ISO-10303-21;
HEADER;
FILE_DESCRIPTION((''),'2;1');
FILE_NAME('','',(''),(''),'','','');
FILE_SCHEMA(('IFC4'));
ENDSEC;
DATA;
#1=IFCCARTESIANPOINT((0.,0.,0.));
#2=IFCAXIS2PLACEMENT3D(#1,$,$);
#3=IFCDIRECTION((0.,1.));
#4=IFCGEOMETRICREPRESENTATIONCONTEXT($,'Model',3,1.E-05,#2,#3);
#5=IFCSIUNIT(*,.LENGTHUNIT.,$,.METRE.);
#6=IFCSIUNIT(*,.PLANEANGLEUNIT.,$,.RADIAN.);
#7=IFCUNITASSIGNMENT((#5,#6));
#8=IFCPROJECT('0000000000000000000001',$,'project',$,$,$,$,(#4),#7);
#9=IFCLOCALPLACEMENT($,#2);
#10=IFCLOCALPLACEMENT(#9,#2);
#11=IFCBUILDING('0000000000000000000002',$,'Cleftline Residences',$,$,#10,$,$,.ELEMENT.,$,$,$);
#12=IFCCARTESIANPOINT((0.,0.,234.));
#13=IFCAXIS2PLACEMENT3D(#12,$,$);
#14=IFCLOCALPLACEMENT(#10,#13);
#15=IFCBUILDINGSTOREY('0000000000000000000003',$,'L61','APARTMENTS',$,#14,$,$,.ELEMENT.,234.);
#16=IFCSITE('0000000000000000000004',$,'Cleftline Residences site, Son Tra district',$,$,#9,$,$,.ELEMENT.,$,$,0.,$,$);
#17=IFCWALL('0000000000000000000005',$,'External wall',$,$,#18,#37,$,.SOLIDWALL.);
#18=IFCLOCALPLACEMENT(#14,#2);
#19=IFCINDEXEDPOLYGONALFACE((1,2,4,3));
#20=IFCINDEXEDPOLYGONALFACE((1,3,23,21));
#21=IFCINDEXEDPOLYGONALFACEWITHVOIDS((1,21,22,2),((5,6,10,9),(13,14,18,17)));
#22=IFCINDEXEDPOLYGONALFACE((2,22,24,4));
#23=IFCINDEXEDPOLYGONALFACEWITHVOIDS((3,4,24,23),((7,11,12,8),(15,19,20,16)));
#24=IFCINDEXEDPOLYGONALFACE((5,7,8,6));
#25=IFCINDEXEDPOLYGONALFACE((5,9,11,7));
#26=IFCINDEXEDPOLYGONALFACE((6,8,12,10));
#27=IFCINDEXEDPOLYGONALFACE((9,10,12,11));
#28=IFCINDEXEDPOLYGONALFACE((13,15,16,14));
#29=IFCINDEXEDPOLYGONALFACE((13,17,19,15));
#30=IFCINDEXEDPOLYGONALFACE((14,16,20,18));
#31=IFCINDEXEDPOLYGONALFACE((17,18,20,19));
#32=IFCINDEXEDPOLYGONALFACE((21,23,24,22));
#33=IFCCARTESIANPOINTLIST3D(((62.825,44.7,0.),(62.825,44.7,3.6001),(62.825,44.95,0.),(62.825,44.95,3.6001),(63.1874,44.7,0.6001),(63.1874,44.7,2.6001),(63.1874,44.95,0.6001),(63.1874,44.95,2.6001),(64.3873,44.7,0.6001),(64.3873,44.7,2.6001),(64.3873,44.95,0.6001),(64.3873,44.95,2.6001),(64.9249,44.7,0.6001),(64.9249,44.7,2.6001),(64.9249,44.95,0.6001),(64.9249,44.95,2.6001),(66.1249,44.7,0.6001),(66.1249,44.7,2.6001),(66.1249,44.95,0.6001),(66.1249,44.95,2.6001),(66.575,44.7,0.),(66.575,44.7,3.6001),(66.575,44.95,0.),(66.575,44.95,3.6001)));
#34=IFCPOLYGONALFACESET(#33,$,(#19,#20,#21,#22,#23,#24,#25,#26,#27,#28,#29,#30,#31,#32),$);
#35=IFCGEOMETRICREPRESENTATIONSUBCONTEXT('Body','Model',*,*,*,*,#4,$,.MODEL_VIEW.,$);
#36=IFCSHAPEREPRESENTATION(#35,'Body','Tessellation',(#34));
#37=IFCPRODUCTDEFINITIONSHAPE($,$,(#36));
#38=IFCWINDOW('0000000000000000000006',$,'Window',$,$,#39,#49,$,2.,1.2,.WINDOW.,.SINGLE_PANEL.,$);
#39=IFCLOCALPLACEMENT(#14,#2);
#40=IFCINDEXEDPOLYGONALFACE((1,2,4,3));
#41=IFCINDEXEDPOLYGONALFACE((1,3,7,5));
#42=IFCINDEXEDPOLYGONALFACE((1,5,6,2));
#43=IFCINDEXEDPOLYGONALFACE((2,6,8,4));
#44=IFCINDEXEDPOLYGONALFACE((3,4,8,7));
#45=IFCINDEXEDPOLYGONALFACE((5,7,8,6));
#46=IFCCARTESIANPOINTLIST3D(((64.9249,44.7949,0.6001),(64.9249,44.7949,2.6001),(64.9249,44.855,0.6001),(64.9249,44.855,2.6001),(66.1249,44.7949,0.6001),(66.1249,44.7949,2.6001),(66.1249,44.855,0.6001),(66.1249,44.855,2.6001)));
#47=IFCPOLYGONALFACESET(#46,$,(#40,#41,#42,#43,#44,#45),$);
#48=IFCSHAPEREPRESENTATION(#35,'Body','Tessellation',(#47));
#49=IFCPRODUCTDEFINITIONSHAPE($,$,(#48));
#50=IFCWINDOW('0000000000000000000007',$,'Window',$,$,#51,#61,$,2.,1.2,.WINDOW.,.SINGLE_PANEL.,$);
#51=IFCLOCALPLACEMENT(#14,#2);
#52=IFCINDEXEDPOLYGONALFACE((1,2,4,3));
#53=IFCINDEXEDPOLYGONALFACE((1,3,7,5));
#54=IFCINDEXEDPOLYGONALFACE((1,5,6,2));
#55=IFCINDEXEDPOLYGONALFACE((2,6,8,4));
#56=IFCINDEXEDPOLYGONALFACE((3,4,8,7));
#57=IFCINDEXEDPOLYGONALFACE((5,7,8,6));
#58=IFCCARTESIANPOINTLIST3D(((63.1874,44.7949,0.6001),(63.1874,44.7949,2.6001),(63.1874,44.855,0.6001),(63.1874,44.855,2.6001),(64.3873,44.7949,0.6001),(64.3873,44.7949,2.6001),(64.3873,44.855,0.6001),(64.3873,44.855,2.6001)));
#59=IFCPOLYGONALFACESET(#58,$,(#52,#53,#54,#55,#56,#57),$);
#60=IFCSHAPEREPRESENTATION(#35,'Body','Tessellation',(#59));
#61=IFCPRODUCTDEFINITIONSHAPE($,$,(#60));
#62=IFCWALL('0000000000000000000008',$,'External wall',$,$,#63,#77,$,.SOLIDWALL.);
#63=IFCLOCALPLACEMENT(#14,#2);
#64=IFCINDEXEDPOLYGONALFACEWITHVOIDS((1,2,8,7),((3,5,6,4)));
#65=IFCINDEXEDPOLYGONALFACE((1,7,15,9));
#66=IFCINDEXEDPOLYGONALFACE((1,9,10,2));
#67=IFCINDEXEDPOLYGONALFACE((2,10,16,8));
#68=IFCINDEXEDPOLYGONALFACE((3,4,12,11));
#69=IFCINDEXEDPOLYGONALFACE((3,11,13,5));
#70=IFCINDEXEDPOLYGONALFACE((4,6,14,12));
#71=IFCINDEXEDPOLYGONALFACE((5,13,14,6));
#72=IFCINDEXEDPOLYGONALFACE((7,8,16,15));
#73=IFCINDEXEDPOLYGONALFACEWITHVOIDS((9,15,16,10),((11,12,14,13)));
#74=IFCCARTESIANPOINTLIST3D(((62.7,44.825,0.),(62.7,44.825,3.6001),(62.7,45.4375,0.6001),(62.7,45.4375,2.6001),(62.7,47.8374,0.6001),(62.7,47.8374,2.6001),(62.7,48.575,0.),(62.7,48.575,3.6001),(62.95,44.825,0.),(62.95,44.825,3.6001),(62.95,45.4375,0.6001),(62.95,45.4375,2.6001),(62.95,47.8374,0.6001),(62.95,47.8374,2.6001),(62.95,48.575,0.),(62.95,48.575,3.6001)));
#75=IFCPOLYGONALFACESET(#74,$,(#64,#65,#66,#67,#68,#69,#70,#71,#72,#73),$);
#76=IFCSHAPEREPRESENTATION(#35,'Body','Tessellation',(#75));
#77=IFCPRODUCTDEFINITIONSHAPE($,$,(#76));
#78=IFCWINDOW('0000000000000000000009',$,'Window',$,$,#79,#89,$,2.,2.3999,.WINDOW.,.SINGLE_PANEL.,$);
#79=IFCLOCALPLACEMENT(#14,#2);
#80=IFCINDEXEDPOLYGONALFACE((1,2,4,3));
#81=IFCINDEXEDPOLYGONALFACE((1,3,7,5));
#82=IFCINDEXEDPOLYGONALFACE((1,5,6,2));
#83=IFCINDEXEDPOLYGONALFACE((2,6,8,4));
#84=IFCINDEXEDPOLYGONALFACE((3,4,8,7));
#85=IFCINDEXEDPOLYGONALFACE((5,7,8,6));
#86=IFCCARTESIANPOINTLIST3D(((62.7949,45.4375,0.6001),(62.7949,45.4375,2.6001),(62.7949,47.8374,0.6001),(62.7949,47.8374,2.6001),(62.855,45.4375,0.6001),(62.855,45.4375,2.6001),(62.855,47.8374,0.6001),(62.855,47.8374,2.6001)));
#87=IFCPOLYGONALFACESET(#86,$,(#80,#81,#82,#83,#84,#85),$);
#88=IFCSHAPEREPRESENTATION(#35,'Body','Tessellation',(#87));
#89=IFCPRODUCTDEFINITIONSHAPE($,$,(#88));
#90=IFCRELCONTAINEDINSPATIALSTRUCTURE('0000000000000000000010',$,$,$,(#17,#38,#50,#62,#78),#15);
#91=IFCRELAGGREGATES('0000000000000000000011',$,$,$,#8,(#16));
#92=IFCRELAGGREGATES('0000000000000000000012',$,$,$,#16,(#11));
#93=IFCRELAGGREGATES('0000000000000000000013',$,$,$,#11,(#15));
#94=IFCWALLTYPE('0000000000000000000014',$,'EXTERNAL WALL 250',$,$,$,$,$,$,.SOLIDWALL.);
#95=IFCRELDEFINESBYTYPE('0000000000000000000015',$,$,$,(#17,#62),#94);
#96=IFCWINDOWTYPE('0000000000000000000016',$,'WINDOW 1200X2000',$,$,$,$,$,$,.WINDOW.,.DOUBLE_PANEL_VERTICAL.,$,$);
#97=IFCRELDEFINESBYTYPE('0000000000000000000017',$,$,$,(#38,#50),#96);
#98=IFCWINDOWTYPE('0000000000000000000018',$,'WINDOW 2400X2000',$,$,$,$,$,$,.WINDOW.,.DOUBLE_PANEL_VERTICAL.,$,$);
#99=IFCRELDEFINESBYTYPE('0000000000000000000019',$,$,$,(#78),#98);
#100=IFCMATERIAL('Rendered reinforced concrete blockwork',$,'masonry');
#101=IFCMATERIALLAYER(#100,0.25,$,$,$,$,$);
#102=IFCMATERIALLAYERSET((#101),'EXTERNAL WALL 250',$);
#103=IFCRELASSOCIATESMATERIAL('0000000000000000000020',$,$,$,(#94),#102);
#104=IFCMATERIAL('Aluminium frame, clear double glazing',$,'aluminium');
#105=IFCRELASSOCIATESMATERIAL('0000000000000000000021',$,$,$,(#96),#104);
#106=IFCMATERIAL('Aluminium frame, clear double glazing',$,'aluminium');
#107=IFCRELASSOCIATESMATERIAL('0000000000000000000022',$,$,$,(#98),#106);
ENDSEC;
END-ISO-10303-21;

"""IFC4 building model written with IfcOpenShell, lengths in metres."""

from ifc_helpers import new_model, si_unit, direction, frame, frame_2d, origin, place, context, subcontext, project, spatial, rectangle, extrude, material, layer, layer_set, type_object, element, fill, save


model = new_model("IFC4")

# Units and contexts
model_context = context("Model", 3, precision=1e-05, world=origin(), true_north=direction((0.0, 1.0)))
body_context = subcontext(model_context, "Body", "Model", "MODEL_VIEW")
ifc_project = project(units=[si_unit("LENGTHUNIT", "METRE"), si_unit("PLANEANGLEUNIT", "RADIAN")], contexts=[model_context])

# Site, building, storey
site_placement = place(None, origin())
site = spatial("IfcSite", under=ifc_project, at=site_placement, Name="Cleftline Residences site, Son Tra district", CompositionType="ELEMENT", RefElevation=0.0)
building_placement = place(site_placement, origin())
building = spatial("IfcBuilding", under=site, at=building_placement, Name="Cleftline Residences", CompositionType="ELEMENT")
storey_placement = place(building_placement, frame((0.0, 0.0, 234.0)))
storey = spatial("IfcBuildingStorey", under=building, at=storey_placement, Name="L61", Description="APARTMENTS", CompositionType="ELEMENT", Elevation=234.0)

# Wall, openings, windows
ifc_material_1 = material(Name="Rendered reinforced concrete blockwork", Category="masonry")
ifc_layer_1 = layer(ifc_material_1, 0.25)
ifc_layer_set_1 = layer_set([ifc_layer_1], Name="EXTERNAL WALL 250")
wall_type_1 = type_object("IfcWallType", Name="EXTERNAL WALL 250", PredefinedType="SOLIDWALL", material=ifc_layer_set_1)
wall_1_placement = place(storey_placement, frame((66.575, 44.825, 0.0), z_axis=(0.0, 0.0, 1.0), x_axis=(-1.0, 0.0, 0.0)))
wall_1 = element("IfcWall", 1, at=wall_1_placement, inside=storey, type_object=wall_type_1, Name="External wall", PredefinedType="SOLIDWALL", context=body_context, shape_type="SweptSolid", body=[
    extrude(rectangle(XDim=3.75, YDim=0.25, at=frame_2d((1.875, 0.0))), origin(), (0.0, 0.0, 1.0), 3.6001),
])
opening_1_placement = place(wall_1_placement, frame((0.45, 0.0, 0.6001)))
opening_1 = element("IfcOpeningElement", 2, at=opening_1_placement, cuts=wall_1, PredefinedType="OPENING", context=body_context, shape_type="SweptSolid", body=[
    extrude(rectangle(XDim=1.2, YDim=2.0, at=frame_2d((0.6001, 1.0))), frame((0.0, 0.135, 0.0), z_axis=(0.0, -1.0, 0.0), x_axis=(1.0, 0.0, 0.0)), (0.0, 0.0, 1.0), 0.27),
])
opening_2_placement = place(wall_1_placement, frame((2.1875, 0.0, 0.6001)))
opening_2 = element("IfcOpeningElement", 3, at=opening_2_placement, cuts=wall_1, PredefinedType="OPENING", context=body_context, shape_type="SweptSolid", body=[
    extrude(rectangle(XDim=1.2, YDim=2.0, at=frame_2d((0.6001, 1.0))), frame((0.0, 0.135, 0.0), z_axis=(0.0, -1.0, 0.0), x_axis=(1.0, 0.0, 0.0)), (0.0, 0.0, 1.0), 0.27),
])
ifc_material_2 = material(Name="Aluminium frame, clear double glazing", Category="aluminium")
window_type_1 = type_object("IfcWindowType", Name="WINDOW 1200X2000", PartitioningType="DOUBLE_PANEL_VERTICAL", PredefinedType="WINDOW", material=ifc_material_2)
window_1_placement = place(opening_1_placement, origin())
window_1 = element("IfcWindow", 4, at=window_1_placement, inside=storey, type_object=window_type_1, Name="Window", OverallHeight=2.0, OverallWidth=1.2, PartitioningType="SINGLE_PANEL", PredefinedType="WINDOW", context=body_context, shape_type="SweptSolid", body=[
    extrude(rectangle(XDim=1.2, YDim=2.0, at=frame_2d((0.6001, 1.0))), frame((0.0, 0.03, 0.0), z_axis=(0.0, -1.0, 0.0), x_axis=(1.0, 0.0, 0.0)), (0.0, 0.0, 1.0), 0.0601),
])
fill(opening_1, window_1)
window_2_placement = place(opening_2_placement, origin())
window_2 = element("IfcWindow", 5, at=window_2_placement, inside=storey, type_object=window_type_1, Name="Window", OverallHeight=2.0, OverallWidth=1.2, PartitioningType="SINGLE_PANEL", PredefinedType="WINDOW", context=body_context, shape_type="SweptSolid", body=[
    extrude(rectangle(XDim=1.2, YDim=2.0, at=frame_2d((0.6001, 1.0))), frame((0.0, 0.03, 0.0), z_axis=(0.0, -1.0, 0.0), x_axis=(1.0, 0.0, 0.0)), (0.0, 0.0, 1.0), 0.0601),
])
fill(opening_2, window_2)

# Wall, opening, window
wall_2_placement = place(storey_placement, frame((62.825, 44.825, 0.0), z_axis=(0.0, 0.0, 1.0), x_axis=(0.0, 1.0, 0.0)))
wall_2 = element("IfcWall", 6, at=wall_2_placement, inside=storey, type_object=wall_type_1, Name="External wall", PredefinedType="SOLIDWALL", context=body_context, shape_type="SweptSolid", body=[
    extrude(rectangle(XDim=3.75, YDim=0.25, at=frame_2d((1.875, 0.0))), origin(), (0.0, 0.0, 1.0), 3.6001),
])
opening_3_placement = place(wall_2_placement, frame((0.6125, 0.0, 0.6001)))
opening_3 = element("IfcOpeningElement", 7, at=opening_3_placement, cuts=wall_2, PredefinedType="OPENING", context=body_context, shape_type="SweptSolid", body=[
    extrude(rectangle(XDim=2.3999, YDim=2.0, at=frame_2d((1.2, 1.0))), frame((0.0, 0.135, 0.0), z_axis=(0.0, -1.0, 0.0), x_axis=(1.0, 0.0, 0.0)), (0.0, 0.0, 1.0), 0.27),
])
ifc_material_3 = material(Name="Aluminium frame, clear double glazing", Category="aluminium")
window_type_2 = type_object("IfcWindowType", Name="WINDOW 2400X2000", PartitioningType="DOUBLE_PANEL_VERTICAL", PredefinedType="WINDOW", material=ifc_material_3)
window_3_placement = place(opening_3_placement, origin())
window_3 = element("IfcWindow", 8, at=window_3_placement, inside=storey, type_object=window_type_2, Name="Window", OverallHeight=2.0, OverallWidth=2.3999, PartitioningType="SINGLE_PANEL", PredefinedType="WINDOW", context=body_context, shape_type="SweptSolid", body=[
    extrude(rectangle(XDim=2.3999, YDim=2.0, at=frame_2d((1.2, 1.0))), frame((0.0, 0.03, 0.0), z_axis=(0.0, -1.0, 0.0), x_axis=(1.0, 0.0, 0.0)), (0.0, 0.0, 1.0), 0.0601),
])
fill(opening_3, window_3)

save(model, "model.ifc")
